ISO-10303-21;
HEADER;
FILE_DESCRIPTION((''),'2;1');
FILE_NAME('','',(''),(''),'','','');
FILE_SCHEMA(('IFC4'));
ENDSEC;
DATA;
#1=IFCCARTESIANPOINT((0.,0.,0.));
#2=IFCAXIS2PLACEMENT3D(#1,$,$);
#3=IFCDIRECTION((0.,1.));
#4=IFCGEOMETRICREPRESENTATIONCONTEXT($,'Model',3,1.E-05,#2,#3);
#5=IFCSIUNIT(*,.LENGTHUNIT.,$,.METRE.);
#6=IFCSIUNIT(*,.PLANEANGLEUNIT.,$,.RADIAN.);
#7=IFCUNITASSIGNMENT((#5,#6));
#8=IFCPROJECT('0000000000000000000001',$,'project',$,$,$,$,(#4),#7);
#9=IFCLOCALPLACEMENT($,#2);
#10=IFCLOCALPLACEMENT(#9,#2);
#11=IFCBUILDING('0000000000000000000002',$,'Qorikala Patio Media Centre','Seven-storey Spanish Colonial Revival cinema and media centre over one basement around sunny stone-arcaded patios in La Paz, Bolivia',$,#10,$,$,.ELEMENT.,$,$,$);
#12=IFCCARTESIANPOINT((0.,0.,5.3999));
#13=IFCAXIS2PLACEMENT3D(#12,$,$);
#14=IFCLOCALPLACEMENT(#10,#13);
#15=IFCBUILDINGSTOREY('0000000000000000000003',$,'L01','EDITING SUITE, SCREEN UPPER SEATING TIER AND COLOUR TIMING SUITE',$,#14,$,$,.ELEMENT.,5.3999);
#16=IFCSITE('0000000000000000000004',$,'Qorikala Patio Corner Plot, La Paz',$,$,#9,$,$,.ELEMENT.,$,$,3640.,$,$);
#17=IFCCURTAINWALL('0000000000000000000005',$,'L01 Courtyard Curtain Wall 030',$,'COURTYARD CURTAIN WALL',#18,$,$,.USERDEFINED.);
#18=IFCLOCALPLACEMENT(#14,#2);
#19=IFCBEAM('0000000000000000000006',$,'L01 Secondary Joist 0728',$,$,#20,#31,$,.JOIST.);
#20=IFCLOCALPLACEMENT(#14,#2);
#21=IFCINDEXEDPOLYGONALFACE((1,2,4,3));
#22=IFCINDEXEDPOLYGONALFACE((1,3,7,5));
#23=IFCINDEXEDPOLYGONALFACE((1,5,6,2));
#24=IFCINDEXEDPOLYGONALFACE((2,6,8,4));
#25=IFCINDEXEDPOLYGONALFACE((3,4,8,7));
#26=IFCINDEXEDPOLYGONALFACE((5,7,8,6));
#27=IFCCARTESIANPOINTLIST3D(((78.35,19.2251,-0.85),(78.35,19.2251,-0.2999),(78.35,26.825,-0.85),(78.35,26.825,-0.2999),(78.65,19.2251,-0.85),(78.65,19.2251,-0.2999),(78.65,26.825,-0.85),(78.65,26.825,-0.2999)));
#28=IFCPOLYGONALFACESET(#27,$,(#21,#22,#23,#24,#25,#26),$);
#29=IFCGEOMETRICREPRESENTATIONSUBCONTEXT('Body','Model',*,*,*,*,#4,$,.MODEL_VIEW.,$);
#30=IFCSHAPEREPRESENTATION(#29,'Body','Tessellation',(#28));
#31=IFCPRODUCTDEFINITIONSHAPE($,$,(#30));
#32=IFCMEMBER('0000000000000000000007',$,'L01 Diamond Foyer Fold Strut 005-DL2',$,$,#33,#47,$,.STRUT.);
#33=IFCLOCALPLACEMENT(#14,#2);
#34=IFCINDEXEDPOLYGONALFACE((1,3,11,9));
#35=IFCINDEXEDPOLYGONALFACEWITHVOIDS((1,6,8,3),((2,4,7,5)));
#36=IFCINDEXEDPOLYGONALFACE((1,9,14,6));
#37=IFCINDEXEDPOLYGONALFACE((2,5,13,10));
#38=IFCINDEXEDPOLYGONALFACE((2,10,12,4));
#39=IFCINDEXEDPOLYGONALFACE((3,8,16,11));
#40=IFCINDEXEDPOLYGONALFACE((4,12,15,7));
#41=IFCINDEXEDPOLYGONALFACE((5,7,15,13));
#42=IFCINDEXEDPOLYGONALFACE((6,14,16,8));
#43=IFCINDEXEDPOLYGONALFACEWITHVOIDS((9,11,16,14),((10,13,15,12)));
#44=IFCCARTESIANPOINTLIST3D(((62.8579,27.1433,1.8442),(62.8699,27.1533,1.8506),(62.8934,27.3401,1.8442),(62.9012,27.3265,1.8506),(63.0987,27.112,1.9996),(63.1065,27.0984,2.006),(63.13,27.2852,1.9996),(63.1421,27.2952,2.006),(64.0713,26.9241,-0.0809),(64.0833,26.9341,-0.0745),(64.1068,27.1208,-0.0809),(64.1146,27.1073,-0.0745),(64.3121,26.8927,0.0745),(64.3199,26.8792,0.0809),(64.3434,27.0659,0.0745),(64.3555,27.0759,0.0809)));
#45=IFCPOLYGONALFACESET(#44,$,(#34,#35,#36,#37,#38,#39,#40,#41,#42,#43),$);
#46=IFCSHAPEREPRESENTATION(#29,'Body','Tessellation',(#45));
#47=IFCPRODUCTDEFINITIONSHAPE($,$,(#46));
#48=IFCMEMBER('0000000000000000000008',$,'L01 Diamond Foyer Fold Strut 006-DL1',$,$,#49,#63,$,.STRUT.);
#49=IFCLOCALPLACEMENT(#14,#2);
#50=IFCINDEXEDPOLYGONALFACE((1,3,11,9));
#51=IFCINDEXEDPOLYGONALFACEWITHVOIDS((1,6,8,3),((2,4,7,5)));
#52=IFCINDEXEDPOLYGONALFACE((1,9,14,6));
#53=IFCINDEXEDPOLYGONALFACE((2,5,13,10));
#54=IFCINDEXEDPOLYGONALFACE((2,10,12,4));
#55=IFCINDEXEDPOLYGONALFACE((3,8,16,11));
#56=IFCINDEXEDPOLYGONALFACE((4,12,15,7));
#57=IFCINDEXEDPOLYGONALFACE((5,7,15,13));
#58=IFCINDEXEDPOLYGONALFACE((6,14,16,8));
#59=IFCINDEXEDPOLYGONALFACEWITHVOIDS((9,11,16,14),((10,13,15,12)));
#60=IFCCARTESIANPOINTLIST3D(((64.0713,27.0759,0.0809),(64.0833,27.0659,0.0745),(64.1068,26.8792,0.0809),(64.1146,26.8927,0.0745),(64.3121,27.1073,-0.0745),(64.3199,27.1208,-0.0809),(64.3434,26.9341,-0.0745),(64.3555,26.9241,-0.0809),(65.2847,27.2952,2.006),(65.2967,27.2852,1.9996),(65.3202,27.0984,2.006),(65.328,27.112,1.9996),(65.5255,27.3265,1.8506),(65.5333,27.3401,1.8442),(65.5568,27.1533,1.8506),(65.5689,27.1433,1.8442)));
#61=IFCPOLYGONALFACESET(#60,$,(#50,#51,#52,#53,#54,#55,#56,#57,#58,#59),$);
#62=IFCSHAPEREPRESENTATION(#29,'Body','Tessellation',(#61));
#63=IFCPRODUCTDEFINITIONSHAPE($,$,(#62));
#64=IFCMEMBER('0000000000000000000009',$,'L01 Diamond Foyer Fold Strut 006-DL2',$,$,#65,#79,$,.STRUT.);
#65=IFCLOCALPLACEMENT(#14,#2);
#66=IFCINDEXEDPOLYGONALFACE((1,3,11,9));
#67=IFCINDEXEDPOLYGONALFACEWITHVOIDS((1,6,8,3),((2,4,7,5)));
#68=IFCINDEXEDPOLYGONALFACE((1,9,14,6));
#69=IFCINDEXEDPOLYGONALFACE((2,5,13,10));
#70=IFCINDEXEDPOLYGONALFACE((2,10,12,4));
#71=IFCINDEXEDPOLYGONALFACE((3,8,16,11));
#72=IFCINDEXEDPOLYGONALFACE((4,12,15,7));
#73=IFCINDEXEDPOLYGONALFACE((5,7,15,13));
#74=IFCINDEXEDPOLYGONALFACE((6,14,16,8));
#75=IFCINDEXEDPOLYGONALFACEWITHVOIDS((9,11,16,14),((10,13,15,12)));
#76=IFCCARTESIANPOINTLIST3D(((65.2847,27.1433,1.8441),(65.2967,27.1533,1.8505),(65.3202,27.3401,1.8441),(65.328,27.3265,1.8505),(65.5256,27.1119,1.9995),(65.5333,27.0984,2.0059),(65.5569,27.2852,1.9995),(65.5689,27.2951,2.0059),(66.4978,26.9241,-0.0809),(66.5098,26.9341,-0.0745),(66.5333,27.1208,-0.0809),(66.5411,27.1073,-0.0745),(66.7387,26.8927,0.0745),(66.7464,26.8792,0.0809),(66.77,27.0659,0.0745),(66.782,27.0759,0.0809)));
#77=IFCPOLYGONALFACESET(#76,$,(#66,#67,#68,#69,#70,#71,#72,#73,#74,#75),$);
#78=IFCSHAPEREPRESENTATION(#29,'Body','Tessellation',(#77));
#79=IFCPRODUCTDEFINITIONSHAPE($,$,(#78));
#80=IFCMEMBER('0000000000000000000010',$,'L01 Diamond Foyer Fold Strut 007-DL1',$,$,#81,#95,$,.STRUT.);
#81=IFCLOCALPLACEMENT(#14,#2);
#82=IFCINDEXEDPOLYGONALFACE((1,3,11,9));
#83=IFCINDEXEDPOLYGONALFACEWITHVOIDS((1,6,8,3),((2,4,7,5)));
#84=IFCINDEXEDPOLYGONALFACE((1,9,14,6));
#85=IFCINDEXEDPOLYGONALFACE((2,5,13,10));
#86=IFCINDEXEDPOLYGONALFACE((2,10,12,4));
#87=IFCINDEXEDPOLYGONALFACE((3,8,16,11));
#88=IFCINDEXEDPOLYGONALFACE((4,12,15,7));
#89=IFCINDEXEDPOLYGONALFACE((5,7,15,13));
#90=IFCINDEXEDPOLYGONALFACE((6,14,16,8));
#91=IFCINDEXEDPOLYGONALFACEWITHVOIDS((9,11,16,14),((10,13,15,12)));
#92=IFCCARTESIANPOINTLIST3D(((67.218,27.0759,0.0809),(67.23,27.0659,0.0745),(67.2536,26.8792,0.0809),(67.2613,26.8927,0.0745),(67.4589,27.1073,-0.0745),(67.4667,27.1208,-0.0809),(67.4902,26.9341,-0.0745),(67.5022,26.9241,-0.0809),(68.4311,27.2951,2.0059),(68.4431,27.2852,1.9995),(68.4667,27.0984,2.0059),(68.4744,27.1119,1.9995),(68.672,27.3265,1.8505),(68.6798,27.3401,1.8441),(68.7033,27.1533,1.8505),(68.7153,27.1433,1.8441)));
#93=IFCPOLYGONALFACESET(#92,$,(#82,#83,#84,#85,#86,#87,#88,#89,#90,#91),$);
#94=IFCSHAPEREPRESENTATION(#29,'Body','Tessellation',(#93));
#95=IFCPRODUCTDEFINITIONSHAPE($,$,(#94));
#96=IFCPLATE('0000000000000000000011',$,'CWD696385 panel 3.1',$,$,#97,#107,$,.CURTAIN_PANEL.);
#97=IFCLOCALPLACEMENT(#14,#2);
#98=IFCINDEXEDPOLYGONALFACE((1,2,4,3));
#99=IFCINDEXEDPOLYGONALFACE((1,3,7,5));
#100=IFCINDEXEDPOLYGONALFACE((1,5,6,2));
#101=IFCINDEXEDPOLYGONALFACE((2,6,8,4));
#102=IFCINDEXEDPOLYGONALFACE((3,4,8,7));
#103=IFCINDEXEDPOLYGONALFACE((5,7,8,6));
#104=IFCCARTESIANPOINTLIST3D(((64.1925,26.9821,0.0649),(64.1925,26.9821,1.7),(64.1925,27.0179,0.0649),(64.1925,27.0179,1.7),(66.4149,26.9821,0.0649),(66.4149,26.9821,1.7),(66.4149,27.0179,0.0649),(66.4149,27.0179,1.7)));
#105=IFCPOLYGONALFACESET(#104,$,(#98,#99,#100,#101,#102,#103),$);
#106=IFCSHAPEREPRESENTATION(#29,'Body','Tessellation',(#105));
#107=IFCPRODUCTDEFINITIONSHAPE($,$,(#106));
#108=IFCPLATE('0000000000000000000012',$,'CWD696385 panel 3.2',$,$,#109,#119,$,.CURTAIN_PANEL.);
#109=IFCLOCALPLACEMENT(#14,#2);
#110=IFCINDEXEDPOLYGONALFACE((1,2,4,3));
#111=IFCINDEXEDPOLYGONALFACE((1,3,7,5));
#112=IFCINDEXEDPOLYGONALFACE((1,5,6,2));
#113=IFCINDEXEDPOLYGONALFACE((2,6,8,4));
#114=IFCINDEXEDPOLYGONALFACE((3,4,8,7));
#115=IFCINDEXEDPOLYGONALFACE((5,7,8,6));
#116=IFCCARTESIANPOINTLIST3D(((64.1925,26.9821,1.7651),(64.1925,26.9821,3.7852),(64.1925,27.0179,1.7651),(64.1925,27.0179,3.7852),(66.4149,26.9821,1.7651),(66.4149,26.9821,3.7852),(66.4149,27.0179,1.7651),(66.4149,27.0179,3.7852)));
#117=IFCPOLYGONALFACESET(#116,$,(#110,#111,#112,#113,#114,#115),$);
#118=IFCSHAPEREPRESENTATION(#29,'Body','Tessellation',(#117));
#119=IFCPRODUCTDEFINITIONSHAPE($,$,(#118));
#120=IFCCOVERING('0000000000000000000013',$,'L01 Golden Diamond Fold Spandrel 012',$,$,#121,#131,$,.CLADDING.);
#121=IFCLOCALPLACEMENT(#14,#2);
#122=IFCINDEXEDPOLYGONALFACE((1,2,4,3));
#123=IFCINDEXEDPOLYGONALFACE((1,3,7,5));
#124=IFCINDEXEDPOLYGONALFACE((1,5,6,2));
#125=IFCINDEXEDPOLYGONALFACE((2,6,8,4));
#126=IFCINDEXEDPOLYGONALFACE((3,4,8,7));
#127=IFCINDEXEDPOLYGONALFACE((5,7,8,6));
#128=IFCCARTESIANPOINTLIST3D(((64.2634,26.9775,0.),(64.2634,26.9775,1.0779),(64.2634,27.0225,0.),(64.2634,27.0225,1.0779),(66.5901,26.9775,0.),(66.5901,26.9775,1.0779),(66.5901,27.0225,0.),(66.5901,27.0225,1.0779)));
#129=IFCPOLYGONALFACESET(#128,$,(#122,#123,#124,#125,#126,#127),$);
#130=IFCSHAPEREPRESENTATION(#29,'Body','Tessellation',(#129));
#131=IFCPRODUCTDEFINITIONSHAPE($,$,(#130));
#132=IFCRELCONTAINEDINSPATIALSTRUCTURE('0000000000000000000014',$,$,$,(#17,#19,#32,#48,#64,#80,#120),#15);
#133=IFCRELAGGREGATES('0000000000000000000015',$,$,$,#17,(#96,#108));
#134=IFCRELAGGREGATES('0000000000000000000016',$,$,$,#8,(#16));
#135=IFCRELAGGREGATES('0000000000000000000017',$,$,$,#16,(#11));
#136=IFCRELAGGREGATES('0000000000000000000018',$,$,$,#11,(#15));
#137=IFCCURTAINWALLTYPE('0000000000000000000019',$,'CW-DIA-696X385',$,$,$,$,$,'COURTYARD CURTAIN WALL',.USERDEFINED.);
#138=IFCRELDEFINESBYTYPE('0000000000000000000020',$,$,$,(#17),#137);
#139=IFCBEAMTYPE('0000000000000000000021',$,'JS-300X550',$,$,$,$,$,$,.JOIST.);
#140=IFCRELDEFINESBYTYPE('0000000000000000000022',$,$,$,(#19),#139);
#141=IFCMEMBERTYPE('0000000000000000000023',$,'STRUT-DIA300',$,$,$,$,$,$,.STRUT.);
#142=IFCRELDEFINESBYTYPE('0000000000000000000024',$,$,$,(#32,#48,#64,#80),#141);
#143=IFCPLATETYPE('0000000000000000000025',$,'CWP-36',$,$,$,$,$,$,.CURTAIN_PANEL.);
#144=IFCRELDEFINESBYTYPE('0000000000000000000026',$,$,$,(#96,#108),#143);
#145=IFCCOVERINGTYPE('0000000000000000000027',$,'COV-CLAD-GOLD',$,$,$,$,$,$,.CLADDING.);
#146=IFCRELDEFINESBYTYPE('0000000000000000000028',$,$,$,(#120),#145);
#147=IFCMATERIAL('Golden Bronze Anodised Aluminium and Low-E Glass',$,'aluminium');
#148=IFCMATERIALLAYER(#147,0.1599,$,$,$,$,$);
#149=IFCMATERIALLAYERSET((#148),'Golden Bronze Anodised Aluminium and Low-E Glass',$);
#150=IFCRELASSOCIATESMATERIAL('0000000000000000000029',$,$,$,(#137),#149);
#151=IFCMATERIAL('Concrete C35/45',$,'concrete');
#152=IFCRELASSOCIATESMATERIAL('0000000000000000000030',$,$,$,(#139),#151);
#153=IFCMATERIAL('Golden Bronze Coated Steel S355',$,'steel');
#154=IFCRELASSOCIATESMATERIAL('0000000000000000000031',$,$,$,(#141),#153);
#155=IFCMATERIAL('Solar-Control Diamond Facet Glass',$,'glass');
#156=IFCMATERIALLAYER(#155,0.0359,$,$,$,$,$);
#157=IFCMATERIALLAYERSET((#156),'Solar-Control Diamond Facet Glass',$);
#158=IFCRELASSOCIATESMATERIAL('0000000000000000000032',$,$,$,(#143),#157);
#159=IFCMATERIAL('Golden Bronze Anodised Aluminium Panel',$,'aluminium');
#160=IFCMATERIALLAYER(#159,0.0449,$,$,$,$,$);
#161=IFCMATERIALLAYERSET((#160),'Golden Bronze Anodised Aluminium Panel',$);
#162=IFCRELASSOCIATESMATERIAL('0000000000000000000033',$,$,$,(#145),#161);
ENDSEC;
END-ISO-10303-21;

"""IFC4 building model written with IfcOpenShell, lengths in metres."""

from ifc_helpers import new_model, si_unit, direction, frame, origin, origin_2d, place, context, subcontext, project, spatial, rectangle, hollow_rectangle, extrude, material, layer, layer_set, material_profile, profile_set, type_object, element, aggregate, save


model = new_model("IFC4")

# Units and contexts
model_context = context("Model", 3, precision=1e-05, world=origin(), true_north=direction((0.0, 1.0)))
body_context = subcontext(model_context, "Body", "Model", "MODEL_VIEW")
ifc_project = project(units=[si_unit("LENGTHUNIT", "METRE"), si_unit("PLANEANGLEUNIT", "RADIAN")], contexts=[model_context])

# Site, building, storey
site_placement = place(None, origin())
site = spatial("IfcSite", under=ifc_project, at=site_placement, Name="Qorikala Patio Corner Plot, La Paz", CompositionType="ELEMENT", RefElevation=3640.0)
building_placement = place(site_placement, origin())
building = spatial("IfcBuilding", under=site, at=building_placement, Name="Qorikala Patio Media Centre", Description="Seven-storey Spanish Colonial Revival cinema and media centre over one basement around sunny stone-arcaded patios in La Paz, Bolivia", CompositionType="ELEMENT")
storey_placement = place(building_placement, frame((0.0, 0.0, 5.3999)))
storey = spatial("IfcBuildingStorey", under=building, at=storey_placement, Name="L01", Description="EDITING SUITE, SCREEN UPPER SEATING TIER AND COLOUR TIMING SUITE", CompositionType="ELEMENT", Elevation=5.3999)

# Shared definitions
ifc_material_1 = material(Name="Concrete C35/45", Category="concrete")

# Shared definitions
ifc_material_2 = material(Name="Golden Bronze Coated Steel S355", Category="steel")

# Curtain wall
ifc_material_3 = material(Name="Golden Bronze Anodised Aluminium and Low-E Glass", Category="aluminium")
ifc_layer_1 = layer(ifc_material_3, 0.1599)
ifc_layer_set_1 = layer_set([ifc_layer_1], Name="Golden Bronze Anodised Aluminium and Low-E Glass")
curtain_wall_type = type_object("IfcCurtainWallType", Name="CW-DIA-696X385", ElementType="COURTYARD CURTAIN WALL", PredefinedType="USERDEFINED", material=ifc_layer_set_1)
curtain_wall_placement = place(storey_placement, origin())
curtain_wall = element("IfcCurtainWall", 1, at=curtain_wall_placement, inside=storey, type_object=curtain_wall_type, Name="L01 Courtyard Curtain Wall 030", ObjectType="COURTYARD CURTAIN WALL", PredefinedType="USERDEFINED")

# Beam
ifc_material_profile_1 = material_profile(ifc_material_1, rectangle(XDim=0.3, YDim=0.55, at=origin_2d()), Name="RC 300x550")
ifc_profile_set_1 = profile_set([ifc_material_profile_1], Name="Concrete C35/45")
beam_type_1 = type_object("IfcBeamType", Name="JS-300X550", PredefinedType="JOIST", material=ifc_profile_set_1)
beam_1_placement = place(storey_placement, frame((78.5, 19.2251, -0.575), z_axis=(0.0, 1.0, 0.0), x_axis=(-1.0, 0.0, 0.0)))
element("IfcBeam", 2, at=beam_1_placement, inside=storey, type_object=beam_type_1, Name="L01 Secondary Joist 0728", PredefinedType="JOIST", context=body_context, shape_type="SweptSolid", body=[
    extrude(rectangle(XDim=0.3, YDim=0.55, at=origin_2d()), origin(), (0.0, 0.0, 1.0), 7.5999),
])

# Members
ifc_material_profile_2 = material_profile(ifc_material_2, hollow_rectangle(XDim=0.2, YDim=0.3, WallThickness=0.012, at=origin_2d()), Name="HSS300X200X12")
ifc_profile_set_2 = profile_set([ifc_material_profile_2], Name="Golden Bronze Coated Steel S355")
member_type_1 = type_object("IfcMemberType", Name="STRUT-DIA300", PredefinedType="STRUT", material=ifc_profile_set_2)
for number, where, z_axis, x_axis, name in (
    (3, (64.2134, 27.0, 0.0), (-0.530768, 0.095901, 0.842074), (-0.177805, -0.984066, 0.0), "L01 Diamond Foyer Fold Strut 005-DL2"),
    (4, (64.2134, 27.0, 0.0), (0.530768, 0.095901, 0.842074), (-0.177805, 0.984066, 0.0), "L01 Diamond Foyer Fold Strut 006-DL1"),
):
    element("IfcMember", number, at=place(storey_placement, frame(where, z_axis=z_axis, x_axis=x_axis)), inside=storey, type_object=member_type_1, Name=name, PredefinedType="STRUT", context=body_context, shape_type="SweptSolid", body=[
        extrude(hollow_rectangle(XDim=0.2, YDim=0.3, WallThickness=0.012, at=origin_2d()), origin(), (0.0, 0.0, 1.0), 2.2861),
    ])
for number, where, z_axis, x_axis, name in (
    (5, (66.6399, 27.0, 0.0), (-0.530691, 0.095907, 0.842121), (-0.17784, -0.984059, 0.0), "L01 Diamond Foyer Fold Strut 006-DL2"),
    (6, (67.3601, 27.0, 0.0), (0.530691, 0.095907, 0.842121), (-0.17784, 0.984059, 0.0), "L01 Diamond Foyer Fold Strut 007-DL1"),
):
    element("IfcMember", number, at=place(storey_placement, frame(where, z_axis=z_axis, x_axis=x_axis)), inside=storey, type_object=member_type_1, Name=name, PredefinedType="STRUT", context=body_context, shape_type="SweptSolid", body=[
        extrude(hollow_rectangle(XDim=0.2, YDim=0.3, WallThickness=0.012, at=origin_2d()), origin(), (0.0, 0.0, 1.0), 2.2859),
    ])

# Plates
ifc_material_4 = material(Name="Solar-Control Diamond Facet Glass", Category="glass")
ifc_layer_2 = layer(ifc_material_4, 0.0359)
ifc_layer_set_2 = layer_set([ifc_layer_2], Name="Solar-Control Diamond Facet Glass")
plate_type = type_object("IfcPlateType", Name="CWP-36", PredefinedType="CURTAIN_PANEL", material=ifc_layer_set_2)
plate_1_placement = place(storey_placement, frame((65.3037, 27.0, 0.0649), z_axis=(0.0, 0.0, 1.0), x_axis=(1.0, 0.0, 0.0)))
plate_1 = element("IfcPlate", 7, at=plate_1_placement, type_object=plate_type, Name="CWD696385 panel 3.1", PredefinedType="CURTAIN_PANEL", context=body_context, shape_type="SweptSolid", body=[
    extrude(rectangle(XDim=2.2224, YDim=0.0359, at=origin_2d()), origin(), (0.0, 0.0, 1.0), 1.635),
])
plate_2_placement = place(storey_placement, frame((65.3037, 27.0, 1.7651), z_axis=(0.0, 0.0, 1.0), x_axis=(1.0, 0.0, 0.0)))
plate_2 = element("IfcPlate", 8, at=plate_2_placement, type_object=plate_type, Name="CWD696385 panel 3.2", PredefinedType="CURTAIN_PANEL", context=body_context, shape_type="SweptSolid", body=[
    extrude(rectangle(XDim=2.2224, YDim=0.0359, at=origin_2d()), origin(), (0.0, 0.0, 1.0), 2.02),
])
aggregate(curtain_wall, [plate_1, plate_2])

# Covering
ifc_material_5 = material(Name="Golden Bronze Anodised Aluminium Panel", Category="aluminium")
ifc_layer_3 = layer(ifc_material_5, 0.0449)
ifc_layer_set_3 = layer_set([ifc_layer_3], Name="Golden Bronze Anodised Aluminium Panel")
covering_type = type_object("IfcCoveringType", Name="COV-CLAD-GOLD", PredefinedType="CLADDING", material=ifc_layer_set_3)
covering_placement = place(storey_placement, frame((65.4268, 27.0, 0.0), z_axis=(0.0, 0.0, 1.0), x_axis=(1.0, 0.0, 0.0)))
element("IfcCovering", 9, at=covering_placement, inside=storey, type_object=covering_type, Name="L01 Golden Diamond Fold Spandrel 012", PredefinedType="CLADDING", context=body_context, shape_type="SweptSolid", body=[
    extrude(rectangle(XDim=2.3267, YDim=0.0449, at=origin_2d()), origin(), (0.0, 0.0, 1.0), 1.0779),
])

save(model, "model.ifc")
